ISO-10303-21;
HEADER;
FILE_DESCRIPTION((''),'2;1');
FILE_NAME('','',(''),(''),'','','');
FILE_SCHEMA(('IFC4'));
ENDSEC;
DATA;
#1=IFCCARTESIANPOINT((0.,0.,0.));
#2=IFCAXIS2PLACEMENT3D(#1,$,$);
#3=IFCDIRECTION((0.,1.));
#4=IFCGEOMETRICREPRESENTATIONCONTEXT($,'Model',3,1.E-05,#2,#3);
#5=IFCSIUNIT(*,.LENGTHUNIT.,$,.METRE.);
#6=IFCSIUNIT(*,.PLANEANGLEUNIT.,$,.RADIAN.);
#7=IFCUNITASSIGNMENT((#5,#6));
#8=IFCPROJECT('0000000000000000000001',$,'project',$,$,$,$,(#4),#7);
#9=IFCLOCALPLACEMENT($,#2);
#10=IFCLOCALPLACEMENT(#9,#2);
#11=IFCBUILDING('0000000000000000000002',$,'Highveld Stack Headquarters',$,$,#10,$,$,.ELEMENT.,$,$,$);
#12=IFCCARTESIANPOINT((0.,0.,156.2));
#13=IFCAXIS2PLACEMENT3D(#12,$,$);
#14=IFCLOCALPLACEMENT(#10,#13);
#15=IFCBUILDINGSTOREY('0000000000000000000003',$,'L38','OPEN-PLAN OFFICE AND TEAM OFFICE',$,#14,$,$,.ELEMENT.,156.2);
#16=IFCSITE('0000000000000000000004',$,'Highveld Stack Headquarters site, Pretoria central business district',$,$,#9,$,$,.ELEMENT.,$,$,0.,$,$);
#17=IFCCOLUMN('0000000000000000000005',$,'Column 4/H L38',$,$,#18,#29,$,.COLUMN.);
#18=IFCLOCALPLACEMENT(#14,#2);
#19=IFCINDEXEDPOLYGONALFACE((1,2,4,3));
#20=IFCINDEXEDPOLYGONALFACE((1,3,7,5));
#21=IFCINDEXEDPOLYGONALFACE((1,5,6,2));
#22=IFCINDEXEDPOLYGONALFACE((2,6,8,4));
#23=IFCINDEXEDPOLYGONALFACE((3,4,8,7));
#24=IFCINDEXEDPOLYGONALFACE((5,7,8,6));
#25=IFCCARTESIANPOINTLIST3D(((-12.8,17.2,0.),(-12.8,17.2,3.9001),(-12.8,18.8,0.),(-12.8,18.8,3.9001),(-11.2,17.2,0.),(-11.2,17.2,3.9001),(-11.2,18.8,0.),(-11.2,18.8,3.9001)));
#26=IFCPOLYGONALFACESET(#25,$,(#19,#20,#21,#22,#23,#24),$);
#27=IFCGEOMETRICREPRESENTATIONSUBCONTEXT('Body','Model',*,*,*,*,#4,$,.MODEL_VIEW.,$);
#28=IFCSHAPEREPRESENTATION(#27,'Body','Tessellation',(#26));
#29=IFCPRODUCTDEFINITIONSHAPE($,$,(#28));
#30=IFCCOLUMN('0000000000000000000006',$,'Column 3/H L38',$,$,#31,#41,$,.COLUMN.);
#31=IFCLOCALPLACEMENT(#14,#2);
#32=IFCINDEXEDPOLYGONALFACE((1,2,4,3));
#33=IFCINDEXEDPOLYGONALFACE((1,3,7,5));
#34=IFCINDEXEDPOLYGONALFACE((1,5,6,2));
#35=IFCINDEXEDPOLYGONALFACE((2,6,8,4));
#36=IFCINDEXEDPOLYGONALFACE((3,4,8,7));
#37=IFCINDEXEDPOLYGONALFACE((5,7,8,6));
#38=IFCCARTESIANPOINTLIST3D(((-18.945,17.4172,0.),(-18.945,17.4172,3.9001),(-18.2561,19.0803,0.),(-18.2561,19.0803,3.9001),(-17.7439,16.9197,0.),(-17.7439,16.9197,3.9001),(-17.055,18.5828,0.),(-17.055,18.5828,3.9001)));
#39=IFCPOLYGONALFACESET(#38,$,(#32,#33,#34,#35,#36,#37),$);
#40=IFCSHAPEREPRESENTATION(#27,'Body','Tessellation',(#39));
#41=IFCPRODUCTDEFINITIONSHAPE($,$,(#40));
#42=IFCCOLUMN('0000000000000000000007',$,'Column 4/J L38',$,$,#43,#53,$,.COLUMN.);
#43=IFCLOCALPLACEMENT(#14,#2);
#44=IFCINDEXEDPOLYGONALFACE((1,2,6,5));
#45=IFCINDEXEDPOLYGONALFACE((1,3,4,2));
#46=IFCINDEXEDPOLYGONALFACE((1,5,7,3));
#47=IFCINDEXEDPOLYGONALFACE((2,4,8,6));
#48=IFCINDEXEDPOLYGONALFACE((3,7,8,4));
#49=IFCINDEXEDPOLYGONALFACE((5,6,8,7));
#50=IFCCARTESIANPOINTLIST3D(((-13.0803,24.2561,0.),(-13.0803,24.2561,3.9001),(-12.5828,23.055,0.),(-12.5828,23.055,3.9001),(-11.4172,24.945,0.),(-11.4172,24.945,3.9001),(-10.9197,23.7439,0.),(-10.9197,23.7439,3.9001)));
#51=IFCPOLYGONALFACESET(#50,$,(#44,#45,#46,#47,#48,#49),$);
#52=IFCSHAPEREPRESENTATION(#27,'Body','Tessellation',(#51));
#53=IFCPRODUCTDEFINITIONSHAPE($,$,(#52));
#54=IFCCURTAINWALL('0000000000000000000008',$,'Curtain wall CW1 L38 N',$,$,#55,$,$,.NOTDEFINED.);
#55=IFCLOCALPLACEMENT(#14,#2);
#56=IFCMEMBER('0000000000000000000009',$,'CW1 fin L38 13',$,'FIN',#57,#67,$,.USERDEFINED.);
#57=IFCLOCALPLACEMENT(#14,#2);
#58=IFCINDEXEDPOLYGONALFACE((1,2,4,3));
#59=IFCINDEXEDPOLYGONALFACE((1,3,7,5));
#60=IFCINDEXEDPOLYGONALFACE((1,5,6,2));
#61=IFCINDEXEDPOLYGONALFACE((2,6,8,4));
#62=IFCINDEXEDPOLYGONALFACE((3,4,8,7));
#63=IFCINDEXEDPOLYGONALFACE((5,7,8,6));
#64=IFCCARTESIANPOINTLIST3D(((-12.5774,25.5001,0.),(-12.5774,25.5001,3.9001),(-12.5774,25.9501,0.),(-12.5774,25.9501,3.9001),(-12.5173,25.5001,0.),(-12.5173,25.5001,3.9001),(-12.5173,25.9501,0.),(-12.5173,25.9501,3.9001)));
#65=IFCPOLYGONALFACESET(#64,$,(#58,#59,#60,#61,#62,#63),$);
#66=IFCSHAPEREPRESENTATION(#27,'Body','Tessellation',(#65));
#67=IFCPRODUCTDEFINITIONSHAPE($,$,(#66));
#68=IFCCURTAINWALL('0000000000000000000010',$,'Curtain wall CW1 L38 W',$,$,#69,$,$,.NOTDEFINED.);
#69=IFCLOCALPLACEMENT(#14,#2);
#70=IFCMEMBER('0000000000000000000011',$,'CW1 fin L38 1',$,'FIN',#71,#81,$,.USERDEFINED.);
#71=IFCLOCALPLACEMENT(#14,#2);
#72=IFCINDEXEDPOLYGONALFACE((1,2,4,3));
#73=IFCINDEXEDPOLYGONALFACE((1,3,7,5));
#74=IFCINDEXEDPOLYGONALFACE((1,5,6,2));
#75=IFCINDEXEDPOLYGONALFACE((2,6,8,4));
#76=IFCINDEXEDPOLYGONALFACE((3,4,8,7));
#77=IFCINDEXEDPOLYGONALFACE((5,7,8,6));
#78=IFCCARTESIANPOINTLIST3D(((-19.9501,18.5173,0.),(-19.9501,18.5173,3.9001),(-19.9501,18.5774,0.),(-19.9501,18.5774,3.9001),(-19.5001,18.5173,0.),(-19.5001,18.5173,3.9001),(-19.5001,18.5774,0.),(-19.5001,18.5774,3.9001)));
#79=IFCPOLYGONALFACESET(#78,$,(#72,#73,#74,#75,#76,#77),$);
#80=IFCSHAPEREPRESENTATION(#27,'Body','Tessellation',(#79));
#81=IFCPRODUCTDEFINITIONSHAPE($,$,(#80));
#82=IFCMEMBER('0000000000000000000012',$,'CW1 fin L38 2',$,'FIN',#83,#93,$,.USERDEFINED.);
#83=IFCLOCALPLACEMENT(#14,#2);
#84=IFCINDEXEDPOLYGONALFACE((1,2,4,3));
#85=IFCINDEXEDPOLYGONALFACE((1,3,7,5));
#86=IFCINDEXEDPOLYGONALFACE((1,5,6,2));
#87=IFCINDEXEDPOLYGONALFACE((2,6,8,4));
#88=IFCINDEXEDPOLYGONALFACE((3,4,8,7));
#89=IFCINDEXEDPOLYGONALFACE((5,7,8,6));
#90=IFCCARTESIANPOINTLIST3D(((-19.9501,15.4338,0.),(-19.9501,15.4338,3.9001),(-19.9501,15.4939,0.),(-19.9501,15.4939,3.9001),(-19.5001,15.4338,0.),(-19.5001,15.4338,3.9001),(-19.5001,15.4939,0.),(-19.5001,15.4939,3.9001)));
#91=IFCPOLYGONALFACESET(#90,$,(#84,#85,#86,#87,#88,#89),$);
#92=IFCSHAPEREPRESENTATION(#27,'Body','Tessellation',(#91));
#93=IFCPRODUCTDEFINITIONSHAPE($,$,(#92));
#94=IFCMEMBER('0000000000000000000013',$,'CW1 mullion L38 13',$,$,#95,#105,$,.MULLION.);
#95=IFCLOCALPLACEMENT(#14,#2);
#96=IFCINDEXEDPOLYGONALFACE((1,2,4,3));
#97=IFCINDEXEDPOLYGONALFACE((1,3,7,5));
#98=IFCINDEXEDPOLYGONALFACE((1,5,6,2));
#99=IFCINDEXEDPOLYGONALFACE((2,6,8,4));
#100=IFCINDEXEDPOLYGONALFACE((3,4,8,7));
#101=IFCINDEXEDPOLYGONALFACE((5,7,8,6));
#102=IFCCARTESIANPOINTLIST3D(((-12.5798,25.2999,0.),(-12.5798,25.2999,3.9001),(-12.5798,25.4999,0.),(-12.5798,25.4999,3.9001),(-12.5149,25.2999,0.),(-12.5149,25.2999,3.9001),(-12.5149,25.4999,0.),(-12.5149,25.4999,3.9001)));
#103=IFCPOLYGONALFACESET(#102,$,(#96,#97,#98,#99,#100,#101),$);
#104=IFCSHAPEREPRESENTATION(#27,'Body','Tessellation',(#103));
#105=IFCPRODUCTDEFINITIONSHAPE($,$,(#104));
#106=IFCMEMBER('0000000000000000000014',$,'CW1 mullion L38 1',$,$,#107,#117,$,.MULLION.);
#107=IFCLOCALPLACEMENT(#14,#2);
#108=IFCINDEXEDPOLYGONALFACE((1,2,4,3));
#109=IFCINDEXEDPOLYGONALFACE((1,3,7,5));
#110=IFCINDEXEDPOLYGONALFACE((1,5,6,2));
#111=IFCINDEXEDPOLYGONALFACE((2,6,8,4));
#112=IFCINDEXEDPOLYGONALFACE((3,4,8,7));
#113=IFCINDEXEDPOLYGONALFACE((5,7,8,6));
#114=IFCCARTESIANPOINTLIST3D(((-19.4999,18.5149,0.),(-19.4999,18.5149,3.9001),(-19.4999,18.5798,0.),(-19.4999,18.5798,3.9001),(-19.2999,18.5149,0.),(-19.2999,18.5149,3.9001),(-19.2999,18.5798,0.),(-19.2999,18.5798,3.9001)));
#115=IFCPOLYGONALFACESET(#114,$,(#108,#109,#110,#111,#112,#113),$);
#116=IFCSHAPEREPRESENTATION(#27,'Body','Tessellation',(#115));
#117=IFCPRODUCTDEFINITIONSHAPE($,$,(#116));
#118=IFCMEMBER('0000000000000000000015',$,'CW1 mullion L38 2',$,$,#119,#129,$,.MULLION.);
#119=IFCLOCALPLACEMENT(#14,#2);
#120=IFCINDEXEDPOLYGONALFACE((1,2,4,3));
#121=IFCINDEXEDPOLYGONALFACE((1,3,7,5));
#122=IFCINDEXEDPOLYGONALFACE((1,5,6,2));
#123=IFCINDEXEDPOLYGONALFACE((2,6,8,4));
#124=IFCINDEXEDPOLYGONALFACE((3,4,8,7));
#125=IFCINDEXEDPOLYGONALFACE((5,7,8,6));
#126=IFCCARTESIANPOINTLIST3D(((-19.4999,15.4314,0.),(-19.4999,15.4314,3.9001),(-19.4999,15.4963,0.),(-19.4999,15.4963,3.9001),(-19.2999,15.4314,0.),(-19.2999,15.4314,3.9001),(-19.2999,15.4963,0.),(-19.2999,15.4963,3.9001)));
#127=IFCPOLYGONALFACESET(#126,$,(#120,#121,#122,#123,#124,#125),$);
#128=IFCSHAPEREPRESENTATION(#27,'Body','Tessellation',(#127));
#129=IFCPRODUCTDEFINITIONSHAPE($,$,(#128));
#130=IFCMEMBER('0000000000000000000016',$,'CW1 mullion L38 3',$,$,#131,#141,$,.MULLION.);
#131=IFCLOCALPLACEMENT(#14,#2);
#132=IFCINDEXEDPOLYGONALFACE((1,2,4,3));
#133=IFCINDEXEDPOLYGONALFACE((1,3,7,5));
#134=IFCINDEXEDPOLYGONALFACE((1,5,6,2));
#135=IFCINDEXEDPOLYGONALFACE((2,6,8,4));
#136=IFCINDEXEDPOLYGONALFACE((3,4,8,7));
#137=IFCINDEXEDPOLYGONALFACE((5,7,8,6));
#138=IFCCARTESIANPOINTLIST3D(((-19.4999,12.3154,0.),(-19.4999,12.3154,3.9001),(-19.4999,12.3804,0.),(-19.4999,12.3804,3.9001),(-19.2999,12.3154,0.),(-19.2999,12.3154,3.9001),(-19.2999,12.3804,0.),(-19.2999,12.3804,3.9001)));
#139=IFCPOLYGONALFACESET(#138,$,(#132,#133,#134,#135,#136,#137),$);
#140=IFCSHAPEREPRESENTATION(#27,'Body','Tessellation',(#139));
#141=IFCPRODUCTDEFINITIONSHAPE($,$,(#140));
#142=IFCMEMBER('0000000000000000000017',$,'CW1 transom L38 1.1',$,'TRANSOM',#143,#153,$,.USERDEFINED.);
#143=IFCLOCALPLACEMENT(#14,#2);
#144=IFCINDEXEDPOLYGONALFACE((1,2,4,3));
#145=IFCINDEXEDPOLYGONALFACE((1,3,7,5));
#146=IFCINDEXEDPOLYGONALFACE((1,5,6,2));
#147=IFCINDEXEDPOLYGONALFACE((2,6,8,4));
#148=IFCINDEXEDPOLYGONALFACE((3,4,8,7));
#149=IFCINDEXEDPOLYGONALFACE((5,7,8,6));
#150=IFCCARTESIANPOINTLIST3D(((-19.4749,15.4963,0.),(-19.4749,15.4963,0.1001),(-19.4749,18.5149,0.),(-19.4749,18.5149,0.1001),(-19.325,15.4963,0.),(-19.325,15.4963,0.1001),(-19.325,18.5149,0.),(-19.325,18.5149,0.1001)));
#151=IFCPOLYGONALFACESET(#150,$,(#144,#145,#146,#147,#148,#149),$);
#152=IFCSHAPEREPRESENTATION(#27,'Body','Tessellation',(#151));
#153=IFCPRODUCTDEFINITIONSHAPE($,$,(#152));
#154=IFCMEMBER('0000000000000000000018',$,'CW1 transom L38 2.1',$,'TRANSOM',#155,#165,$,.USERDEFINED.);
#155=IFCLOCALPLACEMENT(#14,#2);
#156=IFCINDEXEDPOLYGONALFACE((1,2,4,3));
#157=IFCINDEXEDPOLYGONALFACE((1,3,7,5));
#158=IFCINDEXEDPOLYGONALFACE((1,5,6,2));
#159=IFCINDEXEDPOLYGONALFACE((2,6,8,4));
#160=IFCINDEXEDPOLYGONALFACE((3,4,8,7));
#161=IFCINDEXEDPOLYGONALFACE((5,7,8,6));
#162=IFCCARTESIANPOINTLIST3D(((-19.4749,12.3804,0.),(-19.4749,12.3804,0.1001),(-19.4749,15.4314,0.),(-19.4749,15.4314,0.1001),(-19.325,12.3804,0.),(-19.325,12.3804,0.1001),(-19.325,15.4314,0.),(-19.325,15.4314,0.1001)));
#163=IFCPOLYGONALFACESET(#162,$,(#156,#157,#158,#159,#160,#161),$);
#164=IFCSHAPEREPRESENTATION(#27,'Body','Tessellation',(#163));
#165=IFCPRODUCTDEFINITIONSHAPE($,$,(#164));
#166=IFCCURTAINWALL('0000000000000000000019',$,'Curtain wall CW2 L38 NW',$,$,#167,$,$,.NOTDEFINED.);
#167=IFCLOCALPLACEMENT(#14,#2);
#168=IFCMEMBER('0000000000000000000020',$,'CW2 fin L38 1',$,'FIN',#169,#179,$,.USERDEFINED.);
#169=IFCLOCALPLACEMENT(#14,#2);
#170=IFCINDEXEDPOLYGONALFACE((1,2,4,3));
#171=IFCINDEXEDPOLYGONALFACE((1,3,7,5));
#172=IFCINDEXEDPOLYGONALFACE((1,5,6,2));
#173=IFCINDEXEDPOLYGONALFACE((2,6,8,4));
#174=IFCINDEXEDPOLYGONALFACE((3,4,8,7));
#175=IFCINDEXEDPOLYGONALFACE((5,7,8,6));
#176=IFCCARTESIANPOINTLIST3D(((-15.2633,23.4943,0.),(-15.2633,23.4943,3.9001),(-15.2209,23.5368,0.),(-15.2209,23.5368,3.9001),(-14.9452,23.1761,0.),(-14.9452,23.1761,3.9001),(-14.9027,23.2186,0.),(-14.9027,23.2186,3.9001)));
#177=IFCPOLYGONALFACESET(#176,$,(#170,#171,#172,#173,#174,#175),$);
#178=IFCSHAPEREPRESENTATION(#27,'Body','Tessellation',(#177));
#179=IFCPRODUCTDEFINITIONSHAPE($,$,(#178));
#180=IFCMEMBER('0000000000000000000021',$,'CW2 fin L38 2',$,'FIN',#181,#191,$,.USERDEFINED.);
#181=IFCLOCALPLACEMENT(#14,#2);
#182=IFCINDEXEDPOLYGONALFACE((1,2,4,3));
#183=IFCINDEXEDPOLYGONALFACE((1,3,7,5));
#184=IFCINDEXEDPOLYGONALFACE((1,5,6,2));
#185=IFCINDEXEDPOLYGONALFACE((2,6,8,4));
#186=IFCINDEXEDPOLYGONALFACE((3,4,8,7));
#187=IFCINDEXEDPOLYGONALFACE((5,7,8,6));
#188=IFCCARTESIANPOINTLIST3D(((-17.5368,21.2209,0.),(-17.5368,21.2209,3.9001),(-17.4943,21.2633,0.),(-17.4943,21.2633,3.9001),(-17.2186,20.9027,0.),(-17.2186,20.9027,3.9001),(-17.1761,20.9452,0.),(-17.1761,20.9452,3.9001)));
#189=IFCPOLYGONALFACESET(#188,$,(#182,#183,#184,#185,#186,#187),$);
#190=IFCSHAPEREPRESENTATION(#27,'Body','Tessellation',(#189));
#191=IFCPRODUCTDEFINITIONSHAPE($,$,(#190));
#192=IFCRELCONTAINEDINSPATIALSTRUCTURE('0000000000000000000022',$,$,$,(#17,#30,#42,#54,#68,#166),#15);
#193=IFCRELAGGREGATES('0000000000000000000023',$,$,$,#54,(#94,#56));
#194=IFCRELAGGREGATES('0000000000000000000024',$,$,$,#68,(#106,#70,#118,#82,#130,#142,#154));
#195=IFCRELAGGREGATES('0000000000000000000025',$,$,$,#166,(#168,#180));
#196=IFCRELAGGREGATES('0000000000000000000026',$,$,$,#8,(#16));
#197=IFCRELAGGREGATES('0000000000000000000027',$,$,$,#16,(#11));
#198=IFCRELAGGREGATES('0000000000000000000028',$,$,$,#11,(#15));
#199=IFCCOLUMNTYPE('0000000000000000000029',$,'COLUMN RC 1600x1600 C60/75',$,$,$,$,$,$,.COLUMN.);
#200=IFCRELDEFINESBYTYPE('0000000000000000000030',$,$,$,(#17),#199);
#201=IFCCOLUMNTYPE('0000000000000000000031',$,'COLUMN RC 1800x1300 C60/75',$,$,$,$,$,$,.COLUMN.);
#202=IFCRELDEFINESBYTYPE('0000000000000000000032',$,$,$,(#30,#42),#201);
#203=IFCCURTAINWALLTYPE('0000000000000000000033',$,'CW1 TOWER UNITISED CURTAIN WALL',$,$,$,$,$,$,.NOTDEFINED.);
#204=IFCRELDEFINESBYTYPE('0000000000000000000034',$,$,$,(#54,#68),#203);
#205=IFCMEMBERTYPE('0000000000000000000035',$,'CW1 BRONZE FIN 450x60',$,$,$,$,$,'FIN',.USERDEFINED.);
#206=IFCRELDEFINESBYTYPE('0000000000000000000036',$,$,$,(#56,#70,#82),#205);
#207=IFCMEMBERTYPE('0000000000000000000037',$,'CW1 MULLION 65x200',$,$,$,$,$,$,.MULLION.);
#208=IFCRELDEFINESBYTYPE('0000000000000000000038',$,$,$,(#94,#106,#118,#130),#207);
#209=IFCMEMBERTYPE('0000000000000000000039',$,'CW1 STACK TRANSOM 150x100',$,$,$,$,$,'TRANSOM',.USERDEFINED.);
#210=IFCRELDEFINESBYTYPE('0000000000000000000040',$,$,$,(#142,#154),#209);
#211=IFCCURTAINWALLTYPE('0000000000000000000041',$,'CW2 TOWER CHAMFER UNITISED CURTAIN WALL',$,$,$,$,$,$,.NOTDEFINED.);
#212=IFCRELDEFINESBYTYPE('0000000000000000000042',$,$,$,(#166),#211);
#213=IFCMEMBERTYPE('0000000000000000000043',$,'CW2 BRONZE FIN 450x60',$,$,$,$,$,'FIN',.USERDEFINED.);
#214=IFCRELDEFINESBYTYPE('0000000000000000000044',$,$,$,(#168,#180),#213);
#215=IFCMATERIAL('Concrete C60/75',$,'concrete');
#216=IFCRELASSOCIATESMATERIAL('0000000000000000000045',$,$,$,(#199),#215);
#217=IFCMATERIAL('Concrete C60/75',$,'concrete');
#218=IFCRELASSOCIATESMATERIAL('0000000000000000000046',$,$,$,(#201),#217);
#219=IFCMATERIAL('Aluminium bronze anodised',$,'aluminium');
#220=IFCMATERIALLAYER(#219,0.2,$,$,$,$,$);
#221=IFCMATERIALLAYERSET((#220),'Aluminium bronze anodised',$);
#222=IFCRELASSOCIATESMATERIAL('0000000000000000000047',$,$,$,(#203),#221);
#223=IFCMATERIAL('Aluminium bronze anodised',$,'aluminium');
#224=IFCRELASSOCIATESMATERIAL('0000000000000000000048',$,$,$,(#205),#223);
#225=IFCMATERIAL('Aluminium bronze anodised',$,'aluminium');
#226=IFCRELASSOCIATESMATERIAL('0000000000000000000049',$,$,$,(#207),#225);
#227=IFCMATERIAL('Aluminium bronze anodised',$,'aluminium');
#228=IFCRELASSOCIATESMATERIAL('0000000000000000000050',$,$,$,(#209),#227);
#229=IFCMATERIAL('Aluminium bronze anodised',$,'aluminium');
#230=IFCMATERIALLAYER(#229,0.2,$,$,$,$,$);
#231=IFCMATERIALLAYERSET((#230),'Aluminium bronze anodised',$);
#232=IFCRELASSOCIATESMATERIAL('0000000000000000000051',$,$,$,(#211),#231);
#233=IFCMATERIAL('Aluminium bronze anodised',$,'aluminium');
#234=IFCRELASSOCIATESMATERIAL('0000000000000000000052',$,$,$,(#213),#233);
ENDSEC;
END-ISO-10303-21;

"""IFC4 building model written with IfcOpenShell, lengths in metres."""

from ifc_helpers import new_model, si_unit, direction, frame, origin, origin_2d, place, context, subcontext, project, spatial, rectangle, extrude, material, layer, layer_set, material_profile, profile_set, type_object, element, aggregate, save


model = new_model("IFC4")

# Units and contexts
model_context = context("Model", 3, precision=1e-05, world=origin(), true_north=direction((0.0, 1.0)))
body_context = subcontext(model_context, "Body", "Model", "MODEL_VIEW")
ifc_project = project(units=[si_unit("LENGTHUNIT", "METRE"), si_unit("PLANEANGLEUNIT", "RADIAN")], contexts=[model_context])

# Site, building, storey
site_placement = place(None, origin())
site = spatial("IfcSite", under=ifc_project, at=site_placement, Name="Highveld Stack Headquarters site, Pretoria central business district", CompositionType="ELEMENT", RefElevation=0.0)
building_placement = place(site_placement, origin())
building = spatial("IfcBuilding", under=site, at=building_placement, Name="Highveld Stack Headquarters", CompositionType="ELEMENT")
storey_placement = place(building_placement, frame((0.0, 0.0, 156.2)))
storey = spatial("IfcBuildingStorey", under=building, at=storey_placement, Name="L38", Description="OPEN-PLAN OFFICE AND TEAM OFFICE", CompositionType="ELEMENT", Elevation=156.2)

# Columns
ifc_material_1 = material(Name="Concrete C60/75", Category="concrete")
ifc_material_profile_1 = material_profile(ifc_material_1, rectangle(XDim=1.6001, YDim=1.6001, at=origin_2d()), Name="RC 1600x1600")
ifc_profile_set_1 = profile_set([ifc_material_profile_1], Name="Concrete C60/75")
column_type_1 = type_object("IfcColumnType", Name="COLUMN RC 1600x1600 C60/75", PredefinedType="COLUMN", material=ifc_profile_set_1)
column_placement = place(storey_placement, frame((-12.0, 18.0, 0.0), z_axis=(0.0, 0.0, 1.0), x_axis=(1.0, 0.0, 0.0)))
element("IfcColumn", 1, at=column_placement, inside=storey, type_object=column_type_1, Name="Column 4/H L38", PredefinedType="COLUMN", context=body_context, shape_type="SweptSolid", body=[
    extrude(rectangle(XDim=1.6001, YDim=1.6001, at=origin_2d()), origin(), (0.0, 0.0, 1.0), 3.9001),
])
ifc_material_2 = material(Name="Concrete C60/75", Category="concrete")
ifc_material_profile_2 = material_profile(ifc_material_2, rectangle(XDim=1.8, YDim=1.3, at=origin_2d()), Name="RC 1800x1300")
ifc_profile_set_2 = profile_set([ifc_material_profile_2], Name="Concrete C60/75")
column_type_2 = type_object("IfcColumnType", Name="COLUMN RC 1800x1300 C60/75", PredefinedType="COLUMN", material=ifc_profile_set_2)
for number, where, z_axis, x_axis, name in (
    (2, (-18.0, 18.0, 0.0), (0.0, 0.0, 1.0), (0.382683, 0.92388, 0.0), "Column 3/H L38"),
    (3, (-12.0, 24.0, 0.0), (0.0, 0.0, 1.0), (0.92388, 0.382683, 0.0), "Column 4/J L38"),
):
    element("IfcColumn", number, at=place(storey_placement, frame(where, z_axis=z_axis, x_axis=x_axis)), inside=storey, type_object=column_type_2, Name=name, PredefinedType="COLUMN", context=body_context, shape_type="SweptSolid", body=[
        extrude(rectangle(XDim=1.8, YDim=1.3, at=origin_2d()), origin(), (0.0, 0.0, 1.0), 3.9001),
    ])

# Curtain wall, member
ifc_material_3 = material(Name="Aluminium bronze anodised", Category="aluminium")
ifc_layer_1 = layer(ifc_material_3, 0.2)
ifc_layer_set_1 = layer_set([ifc_layer_1], Name="Aluminium bronze anodised")
curtain_wall_type_1 = type_object("IfcCurtainWallType", Name="CW1 TOWER UNITISED CURTAIN WALL", PredefinedType="NOTDEFINED", material=ifc_layer_set_1)
curtain_wall_1_placement = place(storey_placement, origin())
curtain_wall_1 = element("IfcCurtainWall", 4, at=curtain_wall_1_placement, inside=storey, type_object=curtain_wall_type_1, Name="Curtain wall CW1 L38 N", PredefinedType="NOTDEFINED")
ifc_material_4 = material(Name="Aluminium bronze anodised", Category="aluminium")
ifc_material_profile_3 = material_profile(ifc_material_4, rectangle(XDim=0.45, YDim=0.0601, at=origin_2d()), Name="FIN 450x60")
ifc_profile_set_3 = profile_set([ifc_material_profile_3], Name="Aluminium bronze anodised")
member_type_1 = type_object("IfcMemberType", Name="CW1 BRONZE FIN 450x60", ElementType="FIN", PredefinedType="USERDEFINED", material=ifc_profile_set_3)
member_1_placement = place(storey_placement, frame((-12.5474, 25.7251, 0.0), z_axis=(0.0, 0.0, 1.0), x_axis=(0.0, -1.0, 0.0)))
member_1 = element("IfcMember", 5, at=member_1_placement, type_object=member_type_1, Name="CW1 fin L38 13", ObjectType="FIN", PredefinedType="USERDEFINED", context=body_context, shape_type="SweptSolid", body=[
    extrude(rectangle(XDim=0.45, YDim=0.0601, at=origin_2d()), origin(), (0.0, 0.0, 1.0), 3.9001),
])

# Curtain wall, members
curtain_wall_2_placement = place(storey_placement, origin())
curtain_wall_2 = element("IfcCurtainWall", 6, at=curtain_wall_2_placement, inside=storey, type_object=curtain_wall_type_1, Name="Curtain wall CW1 L38 W", PredefinedType="NOTDEFINED")
member_2_placement = place(storey_placement, frame((-19.7251, 18.5474, 0.0), z_axis=(0.0, 0.0, 1.0), x_axis=(1.0, 0.0, 0.0)))
member_2 = element("IfcMember", 7, at=member_2_placement, type_object=member_type_1, Name="CW1 fin L38 1", ObjectType="FIN", PredefinedType="USERDEFINED", context=body_context, shape_type="SweptSolid", body=[
    extrude(rectangle(XDim=0.45, YDim=0.0601, at=origin_2d()), origin(), (0.0, 0.0, 1.0), 3.9001),
])
member_3_placement = place(storey_placement, frame((-19.7251, 15.4639, 0.0), z_axis=(0.0, 0.0, 1.0), x_axis=(1.0, 0.0, 0.0)))
member_3 = element("IfcMember", 8, at=member_3_placement, type_object=member_type_1, Name="CW1 fin L38 2", ObjectType="FIN", PredefinedType="USERDEFINED", context=body_context, shape_type="SweptSolid", body=[
    extrude(rectangle(XDim=0.45, YDim=0.0601, at=origin_2d()), origin(), (0.0, 0.0, 1.0), 3.9001),
])

# Members
ifc_material_5 = material(Name="Aluminium bronze anodised", Category="aluminium")
ifc_material_profile_4 = material_profile(ifc_material_5, rectangle(XDim=0.2, YDim=0.0649, at=origin_2d()), Name="CW1 MULLION 65x200")
ifc_profile_set_4 = profile_set([ifc_material_profile_4], Name="Aluminium bronze anodised")
member_type_2 = type_object("IfcMemberType", Name="CW1 MULLION 65x200", PredefinedType="MULLION", material=ifc_profile_set_4)
member_4_placement = place(storey_placement, frame((-12.5474, 25.3999, 0.0), z_axis=(0.0, 0.0, 1.0), x_axis=(0.0, -1.0, 0.0)))
member_4 = element("IfcMember", 9, at=member_4_placement, type_object=member_type_2, Name="CW1 mullion L38 13", PredefinedType="MULLION", context=body_context, shape_type="SweptSolid", body=[
    extrude(rectangle(XDim=0.2, YDim=0.0649, at=origin_2d()), origin(), (0.0, 0.0, 1.0), 3.9001),
])
member_5_placement = place(storey_placement, frame((-19.3999, 18.5474, 0.0), z_axis=(0.0, 0.0, 1.0), x_axis=(1.0, 0.0, 0.0)))
member_5 = element("IfcMember", 10, at=member_5_placement, type_object=member_type_2, Name="CW1 mullion L38 1", PredefinedType="MULLION", context=body_context, shape_type="SweptSolid", body=[
    extrude(rectangle(XDim=0.2, YDim=0.0649, at=origin_2d()), origin(), (0.0, 0.0, 1.0), 3.9001),
])
member_6_placement = place(storey_placement, frame((-19.3999, 15.4639, 0.0), z_axis=(0.0, 0.0, 1.0), x_axis=(1.0, 0.0, 0.0)))
member_6 = element("IfcMember", 11, at=member_6_placement, type_object=member_type_2, Name="CW1 mullion L38 2", PredefinedType="MULLION", context=body_context, shape_type="SweptSolid", body=[
    extrude(rectangle(XDim=0.2, YDim=0.0649, at=origin_2d()), origin(), (0.0, 0.0, 1.0), 3.9001),
])
member_7_placement = place(storey_placement, frame((-19.3999, 12.3479, 0.0), z_axis=(0.0, 0.0, 1.0), x_axis=(1.0, 0.0, 0.0)))
member_7 = element("IfcMember", 12, at=member_7_placement, type_object=member_type_2, Name="CW1 mullion L38 3", PredefinedType="MULLION", context=body_context, shape_type="SweptSolid", body=[
    extrude(rectangle(XDim=0.2, YDim=0.0649, at=origin_2d()), origin(), (0.0, 0.0, 1.0), 3.9001),
])
ifc_material_6 = material(Name="Aluminium bronze anodised", Category="aluminium")
ifc_material_profile_5 = material_profile(ifc_material_6, rectangle(XDim=0.1499, YDim=0.1001, at=origin_2d()), Name="CW1 TRANSOM 150x100")
ifc_profile_set_5 = profile_set([ifc_material_profile_5], Name="Aluminium bronze anodised")
member_type_3 = type_object("IfcMemberType", Name="CW1 STACK TRANSOM 150x100", ElementType="TRANSOM", PredefinedType="USERDEFINED", material=ifc_profile_set_5)
member_8_placement = place(storey_placement, frame((-19.3999, 18.5149, 0.05), z_axis=(0.0, -1.0, 0.0), x_axis=(1.0, 0.0, 0.0)))
member_8 = element("IfcMember", 13, at=member_8_placement, type_object=member_type_3, Name="CW1 transom L38 1.1", ObjectType="TRANSOM", PredefinedType="USERDEFINED", context=body_context, shape_type="SweptSolid", body=[
    extrude(rectangle(XDim=0.1499, YDim=0.1001, at=origin_2d()), origin(), (0.0, 0.0, 1.0), 3.0186),
])
member_9_placement = place(storey_placement, frame((-19.3999, 15.4314, 0.05), z_axis=(0.0, -1.0, 0.0), x_axis=(1.0, 0.0, 0.0)))
member_9 = element("IfcMember", 14, at=member_9_placement, type_object=member_type_3, Name="CW1 transom L38 2.1", ObjectType="TRANSOM", PredefinedType="USERDEFINED", context=body_context, shape_type="SweptSolid", body=[
    extrude(rectangle(XDim=0.1499, YDim=0.1001, at=origin_2d()), origin(), (0.0, 0.0, 1.0), 3.051),
])

# Curtain wall, members
ifc_material_7 = material(Name="Aluminium bronze anodised", Category="aluminium")
ifc_layer_2 = layer(ifc_material_7, 0.2)
ifc_layer_set_2 = layer_set([ifc_layer_2], Name="Aluminium bronze anodised")
curtain_wall_type_2 = type_object("IfcCurtainWallType", Name="CW2 TOWER CHAMFER UNITISED CURTAIN WALL", PredefinedType="NOTDEFINED", material=ifc_layer_set_2)
curtain_wall_3_placement = place(storey_placement, origin())
curtain_wall_3 = element("IfcCurtainWall", 15, at=curtain_wall_3_placement, inside=storey, type_object=curtain_wall_type_2, Name="Curtain wall CW2 L38 NW", PredefinedType="NOTDEFINED")
ifc_material_8 = material(Name="Aluminium bronze anodised", Category="aluminium")
ifc_material_profile_6 = material_profile(ifc_material_8, rectangle(XDim=0.45, YDim=0.0601, at=origin_2d()), Name="FIN 450x60")
ifc_profile_set_6 = profile_set([ifc_material_profile_6], Name="Aluminium bronze anodised")
member_type_4 = type_object("IfcMemberType", Name="CW2 BRONZE FIN 450x60", ElementType="FIN", PredefinedType="USERDEFINED", material=ifc_profile_set_6)
member_10_placement = place(storey_placement, frame((-15.083, 23.3564, 0.0), z_axis=(0.0, 0.0, 1.0), x_axis=(0.707107, -0.707107, 0.0)))
member_10 = element("IfcMember", 16, at=member_10_placement, type_object=member_type_4, Name="CW2 fin L38 1", ObjectType="FIN", PredefinedType="USERDEFINED", context=body_context, shape_type="SweptSolid", body=[
    extrude(rectangle(XDim=0.45, YDim=0.0601, at=origin_2d()), origin(), (0.0, 0.0, 1.0), 3.9001),
])
member_11_placement = place(storey_placement, frame((-17.3564, 21.083, 0.0), z_axis=(0.0, 0.0, 1.0), x_axis=(0.707107, -0.707107, 0.0)))
member_11 = element("IfcMember", 17, at=member_11_placement, type_object=member_type_4, Name="CW2 fin L38 2", ObjectType="FIN", PredefinedType="USERDEFINED", context=body_context, shape_type="SweptSolid", body=[
    extrude(rectangle(XDim=0.45, YDim=0.0601, at=origin_2d()), origin(), (0.0, 0.0, 1.0), 3.9001),
])

aggregate(curtain_wall_1, [member_4, member_1])
aggregate(curtain_wall_2, [member_5, member_2, member_6, member_3, member_7, member_8, member_9])
aggregate(curtain_wall_3, [member_10, member_11])

save(model, "model.ifc")
